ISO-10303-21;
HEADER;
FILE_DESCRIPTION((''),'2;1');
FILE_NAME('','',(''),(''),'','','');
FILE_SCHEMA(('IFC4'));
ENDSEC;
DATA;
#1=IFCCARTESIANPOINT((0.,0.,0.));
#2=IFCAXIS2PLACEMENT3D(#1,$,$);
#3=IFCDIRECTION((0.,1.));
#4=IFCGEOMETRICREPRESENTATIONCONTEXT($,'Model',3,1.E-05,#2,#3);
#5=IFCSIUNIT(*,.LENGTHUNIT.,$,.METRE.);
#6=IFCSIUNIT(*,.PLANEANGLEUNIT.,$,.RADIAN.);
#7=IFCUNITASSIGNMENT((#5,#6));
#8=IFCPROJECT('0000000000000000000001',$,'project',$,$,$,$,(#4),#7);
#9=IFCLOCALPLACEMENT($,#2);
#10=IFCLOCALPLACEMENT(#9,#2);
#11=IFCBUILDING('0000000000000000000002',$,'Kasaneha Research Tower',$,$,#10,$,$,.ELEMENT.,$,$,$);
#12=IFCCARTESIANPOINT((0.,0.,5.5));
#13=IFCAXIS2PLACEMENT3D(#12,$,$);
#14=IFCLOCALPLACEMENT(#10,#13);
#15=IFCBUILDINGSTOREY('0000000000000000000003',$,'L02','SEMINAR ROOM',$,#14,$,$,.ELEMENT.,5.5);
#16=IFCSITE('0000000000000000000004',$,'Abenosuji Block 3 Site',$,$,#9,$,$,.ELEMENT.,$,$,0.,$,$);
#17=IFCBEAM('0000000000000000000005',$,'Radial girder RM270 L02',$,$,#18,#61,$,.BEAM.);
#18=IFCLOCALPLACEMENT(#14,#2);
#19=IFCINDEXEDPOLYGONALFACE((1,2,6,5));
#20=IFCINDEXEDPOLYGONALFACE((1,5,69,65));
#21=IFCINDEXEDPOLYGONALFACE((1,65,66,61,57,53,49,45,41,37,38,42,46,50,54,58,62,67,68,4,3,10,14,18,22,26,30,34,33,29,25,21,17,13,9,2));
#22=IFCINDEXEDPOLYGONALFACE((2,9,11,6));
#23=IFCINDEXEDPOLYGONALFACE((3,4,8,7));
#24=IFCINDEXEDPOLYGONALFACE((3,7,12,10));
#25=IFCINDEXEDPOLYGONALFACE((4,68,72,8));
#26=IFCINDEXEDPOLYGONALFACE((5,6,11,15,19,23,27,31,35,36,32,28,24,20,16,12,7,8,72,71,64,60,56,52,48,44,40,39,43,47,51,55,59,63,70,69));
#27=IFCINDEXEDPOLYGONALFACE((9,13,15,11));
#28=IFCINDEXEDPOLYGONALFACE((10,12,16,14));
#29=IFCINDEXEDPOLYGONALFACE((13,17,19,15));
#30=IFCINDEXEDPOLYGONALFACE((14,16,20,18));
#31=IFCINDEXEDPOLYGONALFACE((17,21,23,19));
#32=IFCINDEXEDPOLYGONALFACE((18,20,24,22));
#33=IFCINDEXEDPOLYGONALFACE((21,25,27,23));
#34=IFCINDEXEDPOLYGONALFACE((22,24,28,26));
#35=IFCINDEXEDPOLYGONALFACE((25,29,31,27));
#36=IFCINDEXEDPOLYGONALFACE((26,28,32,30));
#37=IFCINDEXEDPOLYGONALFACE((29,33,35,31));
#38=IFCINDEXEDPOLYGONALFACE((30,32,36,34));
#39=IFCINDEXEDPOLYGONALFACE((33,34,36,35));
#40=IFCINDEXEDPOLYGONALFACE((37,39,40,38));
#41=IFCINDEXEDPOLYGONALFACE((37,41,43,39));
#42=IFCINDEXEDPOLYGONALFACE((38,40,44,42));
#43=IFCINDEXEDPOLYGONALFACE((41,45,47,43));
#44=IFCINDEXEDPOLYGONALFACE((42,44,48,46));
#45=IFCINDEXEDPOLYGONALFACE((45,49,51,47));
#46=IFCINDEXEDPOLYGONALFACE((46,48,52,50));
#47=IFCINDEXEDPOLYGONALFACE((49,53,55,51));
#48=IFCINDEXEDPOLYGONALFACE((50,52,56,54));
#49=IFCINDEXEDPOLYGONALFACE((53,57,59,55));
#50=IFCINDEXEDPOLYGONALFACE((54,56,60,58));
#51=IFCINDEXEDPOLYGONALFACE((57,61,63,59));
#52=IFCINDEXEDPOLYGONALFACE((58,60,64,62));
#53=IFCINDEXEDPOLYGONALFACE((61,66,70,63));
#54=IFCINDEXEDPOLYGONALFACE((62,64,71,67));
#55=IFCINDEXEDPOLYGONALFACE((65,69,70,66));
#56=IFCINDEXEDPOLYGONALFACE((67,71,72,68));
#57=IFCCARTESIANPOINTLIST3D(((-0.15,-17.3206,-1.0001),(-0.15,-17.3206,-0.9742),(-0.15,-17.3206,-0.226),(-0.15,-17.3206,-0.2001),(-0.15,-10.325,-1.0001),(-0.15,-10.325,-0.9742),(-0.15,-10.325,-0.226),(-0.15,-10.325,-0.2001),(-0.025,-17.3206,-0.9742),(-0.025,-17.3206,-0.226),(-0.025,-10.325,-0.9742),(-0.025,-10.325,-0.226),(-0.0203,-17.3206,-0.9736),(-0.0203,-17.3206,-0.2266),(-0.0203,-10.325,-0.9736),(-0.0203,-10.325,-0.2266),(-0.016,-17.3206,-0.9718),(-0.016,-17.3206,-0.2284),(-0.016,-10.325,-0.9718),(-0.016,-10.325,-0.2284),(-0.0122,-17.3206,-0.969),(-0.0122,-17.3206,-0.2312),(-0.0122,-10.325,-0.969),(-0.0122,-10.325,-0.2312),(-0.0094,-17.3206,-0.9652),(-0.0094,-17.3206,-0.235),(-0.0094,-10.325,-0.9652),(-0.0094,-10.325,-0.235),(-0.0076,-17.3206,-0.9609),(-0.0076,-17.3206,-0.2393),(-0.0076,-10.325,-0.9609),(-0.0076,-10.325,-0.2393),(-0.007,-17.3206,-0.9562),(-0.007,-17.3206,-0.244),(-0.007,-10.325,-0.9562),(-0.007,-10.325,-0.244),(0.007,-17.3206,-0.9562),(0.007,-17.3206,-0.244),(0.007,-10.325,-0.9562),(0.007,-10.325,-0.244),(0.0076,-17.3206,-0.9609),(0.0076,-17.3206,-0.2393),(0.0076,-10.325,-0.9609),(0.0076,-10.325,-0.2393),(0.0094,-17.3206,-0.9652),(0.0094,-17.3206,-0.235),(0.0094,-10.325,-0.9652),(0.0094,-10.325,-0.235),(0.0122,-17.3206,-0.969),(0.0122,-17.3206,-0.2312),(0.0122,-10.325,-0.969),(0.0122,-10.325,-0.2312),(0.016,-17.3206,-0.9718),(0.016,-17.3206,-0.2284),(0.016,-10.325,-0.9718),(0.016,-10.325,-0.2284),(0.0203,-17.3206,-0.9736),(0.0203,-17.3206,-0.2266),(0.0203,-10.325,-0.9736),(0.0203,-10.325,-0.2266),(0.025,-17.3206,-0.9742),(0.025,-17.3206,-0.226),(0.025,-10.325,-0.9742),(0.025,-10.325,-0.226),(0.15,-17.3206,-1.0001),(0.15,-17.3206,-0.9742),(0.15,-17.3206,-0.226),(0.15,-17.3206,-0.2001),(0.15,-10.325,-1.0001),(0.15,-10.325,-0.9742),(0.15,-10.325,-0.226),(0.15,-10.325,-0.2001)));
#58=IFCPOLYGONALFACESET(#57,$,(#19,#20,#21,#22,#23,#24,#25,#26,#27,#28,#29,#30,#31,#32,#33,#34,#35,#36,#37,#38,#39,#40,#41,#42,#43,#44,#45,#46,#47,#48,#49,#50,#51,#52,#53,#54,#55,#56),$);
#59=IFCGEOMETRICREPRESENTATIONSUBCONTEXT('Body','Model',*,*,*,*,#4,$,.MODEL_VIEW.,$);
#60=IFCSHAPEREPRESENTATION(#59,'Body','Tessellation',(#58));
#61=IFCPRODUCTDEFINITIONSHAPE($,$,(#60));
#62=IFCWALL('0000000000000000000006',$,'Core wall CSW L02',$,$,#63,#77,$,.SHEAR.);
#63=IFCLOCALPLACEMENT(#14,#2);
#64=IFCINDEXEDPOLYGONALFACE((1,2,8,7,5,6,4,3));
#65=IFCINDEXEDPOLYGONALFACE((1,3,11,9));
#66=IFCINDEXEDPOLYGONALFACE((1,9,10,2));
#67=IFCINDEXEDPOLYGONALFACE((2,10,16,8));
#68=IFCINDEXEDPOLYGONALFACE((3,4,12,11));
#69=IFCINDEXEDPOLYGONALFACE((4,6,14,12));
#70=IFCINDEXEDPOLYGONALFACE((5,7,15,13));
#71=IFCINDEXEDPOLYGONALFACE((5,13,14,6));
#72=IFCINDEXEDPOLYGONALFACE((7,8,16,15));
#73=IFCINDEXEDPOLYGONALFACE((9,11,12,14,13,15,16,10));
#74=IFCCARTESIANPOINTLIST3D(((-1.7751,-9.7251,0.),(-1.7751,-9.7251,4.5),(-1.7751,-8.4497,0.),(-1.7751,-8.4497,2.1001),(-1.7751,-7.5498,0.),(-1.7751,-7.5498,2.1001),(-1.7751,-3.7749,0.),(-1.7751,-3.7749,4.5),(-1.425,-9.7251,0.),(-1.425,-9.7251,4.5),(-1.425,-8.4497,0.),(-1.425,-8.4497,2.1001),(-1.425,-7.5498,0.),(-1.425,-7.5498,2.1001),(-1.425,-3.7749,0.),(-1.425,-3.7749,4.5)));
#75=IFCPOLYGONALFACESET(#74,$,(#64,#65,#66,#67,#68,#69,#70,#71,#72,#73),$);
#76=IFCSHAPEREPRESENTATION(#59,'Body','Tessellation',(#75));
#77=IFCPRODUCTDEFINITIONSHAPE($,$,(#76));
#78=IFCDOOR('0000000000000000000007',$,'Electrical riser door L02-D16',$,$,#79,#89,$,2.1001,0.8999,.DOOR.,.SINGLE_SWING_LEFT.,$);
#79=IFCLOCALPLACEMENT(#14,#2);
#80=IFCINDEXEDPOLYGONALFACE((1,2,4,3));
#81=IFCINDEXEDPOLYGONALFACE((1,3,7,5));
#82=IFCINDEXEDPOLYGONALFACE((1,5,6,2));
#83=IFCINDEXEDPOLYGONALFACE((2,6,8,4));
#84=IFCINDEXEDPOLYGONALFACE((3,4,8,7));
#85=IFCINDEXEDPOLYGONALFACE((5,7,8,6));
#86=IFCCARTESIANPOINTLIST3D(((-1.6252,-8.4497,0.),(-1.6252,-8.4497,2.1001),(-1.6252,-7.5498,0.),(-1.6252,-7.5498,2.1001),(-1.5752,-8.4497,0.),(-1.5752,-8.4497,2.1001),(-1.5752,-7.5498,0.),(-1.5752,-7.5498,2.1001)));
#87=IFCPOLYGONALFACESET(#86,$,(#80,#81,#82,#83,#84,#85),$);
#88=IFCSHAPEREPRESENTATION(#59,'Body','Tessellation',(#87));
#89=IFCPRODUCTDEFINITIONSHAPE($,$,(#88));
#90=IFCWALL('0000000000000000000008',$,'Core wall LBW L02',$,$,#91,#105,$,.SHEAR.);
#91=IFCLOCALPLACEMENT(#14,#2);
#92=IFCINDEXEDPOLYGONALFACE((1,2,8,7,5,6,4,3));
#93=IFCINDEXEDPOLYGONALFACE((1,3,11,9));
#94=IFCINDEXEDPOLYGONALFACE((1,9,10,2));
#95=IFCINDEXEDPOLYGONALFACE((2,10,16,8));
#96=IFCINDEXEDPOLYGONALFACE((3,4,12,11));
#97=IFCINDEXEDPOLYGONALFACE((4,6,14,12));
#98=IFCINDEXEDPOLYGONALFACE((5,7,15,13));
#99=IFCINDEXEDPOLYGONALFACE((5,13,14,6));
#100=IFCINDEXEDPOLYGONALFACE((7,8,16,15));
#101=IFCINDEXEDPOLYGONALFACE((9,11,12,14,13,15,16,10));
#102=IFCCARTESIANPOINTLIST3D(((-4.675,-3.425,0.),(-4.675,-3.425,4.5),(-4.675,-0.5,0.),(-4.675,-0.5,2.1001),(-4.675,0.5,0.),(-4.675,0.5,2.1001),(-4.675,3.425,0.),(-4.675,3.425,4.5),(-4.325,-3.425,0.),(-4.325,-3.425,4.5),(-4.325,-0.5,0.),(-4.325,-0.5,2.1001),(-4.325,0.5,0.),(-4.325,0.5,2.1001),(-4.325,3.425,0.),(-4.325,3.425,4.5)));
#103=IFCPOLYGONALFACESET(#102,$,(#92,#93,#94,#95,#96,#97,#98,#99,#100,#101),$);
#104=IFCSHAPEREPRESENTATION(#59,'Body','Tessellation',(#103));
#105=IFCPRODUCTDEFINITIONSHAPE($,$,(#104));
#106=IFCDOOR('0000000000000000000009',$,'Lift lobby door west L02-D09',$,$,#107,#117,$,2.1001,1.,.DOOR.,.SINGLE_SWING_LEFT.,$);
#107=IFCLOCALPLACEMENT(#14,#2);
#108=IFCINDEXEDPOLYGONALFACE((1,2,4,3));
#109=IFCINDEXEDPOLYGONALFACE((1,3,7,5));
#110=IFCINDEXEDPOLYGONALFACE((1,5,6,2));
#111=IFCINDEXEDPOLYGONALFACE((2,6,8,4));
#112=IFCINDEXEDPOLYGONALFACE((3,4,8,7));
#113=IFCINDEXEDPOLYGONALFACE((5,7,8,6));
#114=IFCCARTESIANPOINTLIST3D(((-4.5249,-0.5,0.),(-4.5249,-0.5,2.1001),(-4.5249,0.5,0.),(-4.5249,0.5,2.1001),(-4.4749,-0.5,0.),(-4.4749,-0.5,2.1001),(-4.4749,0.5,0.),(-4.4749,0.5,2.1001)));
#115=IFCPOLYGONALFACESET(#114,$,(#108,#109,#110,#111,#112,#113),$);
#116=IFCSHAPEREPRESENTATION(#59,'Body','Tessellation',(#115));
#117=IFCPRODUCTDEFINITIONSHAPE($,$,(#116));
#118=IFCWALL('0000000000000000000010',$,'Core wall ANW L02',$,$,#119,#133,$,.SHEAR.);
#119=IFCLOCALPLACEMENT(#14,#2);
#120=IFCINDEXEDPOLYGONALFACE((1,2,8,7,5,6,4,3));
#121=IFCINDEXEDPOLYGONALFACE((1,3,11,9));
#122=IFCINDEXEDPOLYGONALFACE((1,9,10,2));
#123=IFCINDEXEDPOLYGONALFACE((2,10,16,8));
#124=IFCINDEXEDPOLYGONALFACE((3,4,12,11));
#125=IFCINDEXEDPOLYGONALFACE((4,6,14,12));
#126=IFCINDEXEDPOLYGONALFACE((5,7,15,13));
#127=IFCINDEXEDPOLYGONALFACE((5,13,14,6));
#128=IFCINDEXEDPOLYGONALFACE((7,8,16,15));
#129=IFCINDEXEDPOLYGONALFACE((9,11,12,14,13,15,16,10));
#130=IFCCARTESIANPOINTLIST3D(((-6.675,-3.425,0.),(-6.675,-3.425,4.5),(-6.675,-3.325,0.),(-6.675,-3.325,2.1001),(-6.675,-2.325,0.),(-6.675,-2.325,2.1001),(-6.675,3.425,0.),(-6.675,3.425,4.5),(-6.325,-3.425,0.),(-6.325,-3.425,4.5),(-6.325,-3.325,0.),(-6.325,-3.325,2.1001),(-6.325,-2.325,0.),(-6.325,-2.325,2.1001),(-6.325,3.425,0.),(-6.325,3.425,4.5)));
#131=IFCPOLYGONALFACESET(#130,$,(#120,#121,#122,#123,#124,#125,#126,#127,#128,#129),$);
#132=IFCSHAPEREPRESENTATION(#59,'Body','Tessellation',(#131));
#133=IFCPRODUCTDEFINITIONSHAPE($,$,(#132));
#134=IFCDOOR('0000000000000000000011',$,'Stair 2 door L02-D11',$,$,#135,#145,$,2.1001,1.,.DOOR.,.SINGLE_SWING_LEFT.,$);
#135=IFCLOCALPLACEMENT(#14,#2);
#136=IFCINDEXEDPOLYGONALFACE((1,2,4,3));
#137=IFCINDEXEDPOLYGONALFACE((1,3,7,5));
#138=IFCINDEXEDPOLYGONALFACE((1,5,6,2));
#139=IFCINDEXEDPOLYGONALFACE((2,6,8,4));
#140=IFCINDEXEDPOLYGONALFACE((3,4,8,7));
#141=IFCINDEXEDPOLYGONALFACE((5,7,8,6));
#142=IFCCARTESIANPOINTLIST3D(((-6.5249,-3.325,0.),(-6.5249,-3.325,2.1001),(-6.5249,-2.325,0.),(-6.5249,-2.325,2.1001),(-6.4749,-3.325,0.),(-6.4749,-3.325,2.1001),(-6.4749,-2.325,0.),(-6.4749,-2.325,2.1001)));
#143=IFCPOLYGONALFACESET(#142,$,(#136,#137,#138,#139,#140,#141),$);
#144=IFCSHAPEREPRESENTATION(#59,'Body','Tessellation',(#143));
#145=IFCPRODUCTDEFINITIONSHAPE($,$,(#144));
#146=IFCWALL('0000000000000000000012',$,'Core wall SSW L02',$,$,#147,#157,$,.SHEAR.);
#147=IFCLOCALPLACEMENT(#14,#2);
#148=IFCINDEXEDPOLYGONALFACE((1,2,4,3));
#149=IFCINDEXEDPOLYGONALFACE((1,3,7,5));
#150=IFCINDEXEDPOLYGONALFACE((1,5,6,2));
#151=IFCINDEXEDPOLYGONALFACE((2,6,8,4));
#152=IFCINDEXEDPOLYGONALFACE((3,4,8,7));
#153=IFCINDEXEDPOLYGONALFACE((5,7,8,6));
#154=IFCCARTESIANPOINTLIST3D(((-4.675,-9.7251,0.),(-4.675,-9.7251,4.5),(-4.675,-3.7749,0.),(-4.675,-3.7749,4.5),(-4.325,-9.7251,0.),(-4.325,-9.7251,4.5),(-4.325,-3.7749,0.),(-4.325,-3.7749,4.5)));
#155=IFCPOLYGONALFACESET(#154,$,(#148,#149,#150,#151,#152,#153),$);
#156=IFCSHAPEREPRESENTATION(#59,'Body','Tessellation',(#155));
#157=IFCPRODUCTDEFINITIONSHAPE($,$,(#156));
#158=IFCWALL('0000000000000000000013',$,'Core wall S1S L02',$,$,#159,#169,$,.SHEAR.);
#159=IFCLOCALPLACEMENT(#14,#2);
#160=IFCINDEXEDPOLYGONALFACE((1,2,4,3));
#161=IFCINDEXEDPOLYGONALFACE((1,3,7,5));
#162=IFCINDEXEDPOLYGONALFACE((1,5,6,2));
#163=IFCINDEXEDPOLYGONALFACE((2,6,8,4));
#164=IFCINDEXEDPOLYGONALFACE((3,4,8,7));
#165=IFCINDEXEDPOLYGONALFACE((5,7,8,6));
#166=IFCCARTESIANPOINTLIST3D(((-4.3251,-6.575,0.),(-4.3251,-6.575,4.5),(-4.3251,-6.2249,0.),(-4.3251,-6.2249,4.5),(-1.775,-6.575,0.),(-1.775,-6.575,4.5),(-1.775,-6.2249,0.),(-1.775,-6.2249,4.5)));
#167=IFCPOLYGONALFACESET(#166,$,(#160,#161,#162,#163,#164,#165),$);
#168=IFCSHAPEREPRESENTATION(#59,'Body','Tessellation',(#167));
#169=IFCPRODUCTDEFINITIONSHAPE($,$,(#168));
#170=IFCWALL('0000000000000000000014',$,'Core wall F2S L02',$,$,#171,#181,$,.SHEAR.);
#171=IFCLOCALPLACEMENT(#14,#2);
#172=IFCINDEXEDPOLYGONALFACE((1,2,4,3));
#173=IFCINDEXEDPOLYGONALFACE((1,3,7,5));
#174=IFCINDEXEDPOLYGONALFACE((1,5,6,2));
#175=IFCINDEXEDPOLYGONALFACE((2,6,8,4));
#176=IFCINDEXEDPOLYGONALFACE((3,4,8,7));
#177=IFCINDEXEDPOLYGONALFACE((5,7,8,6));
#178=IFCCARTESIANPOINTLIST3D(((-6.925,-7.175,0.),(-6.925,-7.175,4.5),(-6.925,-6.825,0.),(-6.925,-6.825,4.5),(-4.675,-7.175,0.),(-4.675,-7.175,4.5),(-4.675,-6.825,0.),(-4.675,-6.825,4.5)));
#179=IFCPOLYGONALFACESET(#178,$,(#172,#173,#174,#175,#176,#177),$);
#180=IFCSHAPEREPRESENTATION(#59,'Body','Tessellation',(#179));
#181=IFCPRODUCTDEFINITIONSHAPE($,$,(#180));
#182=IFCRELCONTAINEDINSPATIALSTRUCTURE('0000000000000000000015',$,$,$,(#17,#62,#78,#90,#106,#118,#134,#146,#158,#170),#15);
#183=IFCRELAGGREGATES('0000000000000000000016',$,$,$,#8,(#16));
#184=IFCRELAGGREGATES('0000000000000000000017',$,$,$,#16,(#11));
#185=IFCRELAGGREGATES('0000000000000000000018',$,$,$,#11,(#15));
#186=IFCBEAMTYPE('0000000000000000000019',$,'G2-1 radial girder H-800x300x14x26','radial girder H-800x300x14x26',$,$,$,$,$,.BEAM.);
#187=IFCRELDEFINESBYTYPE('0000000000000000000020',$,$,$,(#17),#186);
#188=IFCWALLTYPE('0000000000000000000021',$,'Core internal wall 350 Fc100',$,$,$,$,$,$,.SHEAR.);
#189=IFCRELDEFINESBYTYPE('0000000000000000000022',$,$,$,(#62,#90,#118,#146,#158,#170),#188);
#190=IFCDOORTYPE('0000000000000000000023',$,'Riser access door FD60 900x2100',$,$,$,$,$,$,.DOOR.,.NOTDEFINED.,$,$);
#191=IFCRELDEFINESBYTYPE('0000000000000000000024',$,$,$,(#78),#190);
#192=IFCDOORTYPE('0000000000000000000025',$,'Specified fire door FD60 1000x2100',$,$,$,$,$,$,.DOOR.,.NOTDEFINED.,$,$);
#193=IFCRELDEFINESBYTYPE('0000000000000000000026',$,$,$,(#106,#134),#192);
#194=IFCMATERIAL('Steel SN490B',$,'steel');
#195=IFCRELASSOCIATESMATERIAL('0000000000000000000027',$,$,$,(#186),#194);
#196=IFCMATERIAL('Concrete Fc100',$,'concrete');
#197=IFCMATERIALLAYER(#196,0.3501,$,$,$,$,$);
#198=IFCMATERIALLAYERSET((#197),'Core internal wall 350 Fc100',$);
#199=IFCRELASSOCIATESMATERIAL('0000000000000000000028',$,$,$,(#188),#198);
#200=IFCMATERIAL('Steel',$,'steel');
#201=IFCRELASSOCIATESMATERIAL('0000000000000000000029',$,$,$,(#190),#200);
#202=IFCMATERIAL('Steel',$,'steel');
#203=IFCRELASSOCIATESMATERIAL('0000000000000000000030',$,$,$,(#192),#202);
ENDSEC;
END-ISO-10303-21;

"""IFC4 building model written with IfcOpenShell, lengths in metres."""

from ifc_helpers import new_model, si_unit, direction, frame, frame_2d, origin, origin_2d, place, context, subcontext, project, spatial, rectangle, i_section, extrude, material, layer, layer_set, material_profile, profile_set, type_object, element, fill, save


model = new_model("IFC4")

# Units and contexts
model_context = context("Model", 3, precision=1e-05, world=origin(), true_north=direction((0.0, 1.0)))
body_context = subcontext(model_context, "Body", "Model", "MODEL_VIEW")
ifc_project = project(units=[si_unit("LENGTHUNIT", "METRE"), si_unit("PLANEANGLEUNIT", "RADIAN")], contexts=[model_context])

# Site, building, storey
site_placement = place(None, origin())
site = spatial("IfcSite", under=ifc_project, at=site_placement, Name="Abenosuji Block 3 Site", CompositionType="ELEMENT", RefElevation=0.0)
building_placement = place(site_placement, origin())
building = spatial("IfcBuilding", under=site, at=building_placement, Name="Kasaneha Research Tower", CompositionType="ELEMENT")
storey_placement = place(building_placement, frame((0.0, 0.0, 5.5)))
storey = spatial("IfcBuildingStorey", under=building, at=storey_placement, Name="L02", Description="SEMINAR ROOM", CompositionType="ELEMENT", Elevation=5.5)

# Beam
ifc_material_1 = material(Name="Steel SN490B", Category="steel")
ifc_material_profile_1 = material_profile(ifc_material_1, i_section(OverallWidth=0.3, OverallDepth=0.8, WebThickness=0.0139, FlangeThickness=0.0259, FilletRadius=0.0181, at=origin_2d()), Name="H-800x300x14x26")
ifc_profile_set_1 = profile_set([ifc_material_profile_1], Name="Steel SN490B")
beam_type_1 = type_object("IfcBeamType", Name="G2-1 radial girder H-800x300x14x26", Description="radial girder H-800x300x14x26", PredefinedType="BEAM", material=ifc_profile_set_1)
beam_1_placement = place(storey_placement, frame((0.0, -10.325, -0.6001), z_axis=(0.0, -1.0, 0.0), x_axis=(1.0, 0.0, 0.0)))
element("IfcBeam", 1, at=beam_1_placement, inside=storey, type_object=beam_type_1, Name="Radial girder RM270 L02", PredefinedType="BEAM", context=body_context, shape_type="SweptSolid", body=[
    extrude(i_section(OverallWidth=0.3, OverallDepth=0.8, WebThickness=0.0139, FlangeThickness=0.0259, FilletRadius=0.0181, at=origin_2d()), origin(), (0.0, 0.0, 1.0), 6.9956),
])

# Walls, openings, doors
ifc_material_2 = material(Name="Concrete Fc100", Category="concrete")
ifc_layer_1 = layer(ifc_material_2, 0.3501)
ifc_layer_set_1 = layer_set([ifc_layer_1], Name="Core internal wall 350 Fc100")
wall_type_1 = type_object("IfcWallType", Name="Core internal wall 350 Fc100", PredefinedType="SHEAR", material=ifc_layer_set_1)
wall_1_placement = place(storey_placement, frame((-1.6001, -3.7749, 0.0), z_axis=(0.0, 0.0, 1.0), x_axis=(0.0, -1.0, 0.0)))
wall_1 = element("IfcWall", 2, at=wall_1_placement, inside=storey, type_object=wall_type_1, Name="Core wall CSW L02", PredefinedType="SHEAR", context=body_context, shape_type="SweptSolid", body=[
    extrude(rectangle(XDim=5.9502, YDim=0.3501, at=frame_2d((2.9751, 0.0))), origin(), (0.0, 0.0, 1.0), 4.5),
])
opening_1_placement = place(wall_1_placement, frame((3.7749, 0.0, 0.0)))
opening_1 = element("IfcOpeningElement", 3, at=opening_1_placement, cuts=wall_1, PredefinedType="OPENING", context=body_context, shape_type="SweptSolid", body=[
    extrude(rectangle(XDim=0.8999, YDim=2.1001, at=frame_2d((0.45, 1.05))), frame((0.0, 0.1851, 0.0), z_axis=(0.0, -1.0, 0.0), x_axis=(1.0, 0.0, 0.0)), (0.0, 0.0, 1.0), 0.3701),
])
ifc_material_3 = material(Name="Steel", Category="steel")
door_type_1 = type_object("IfcDoorType", Name="Riser access door FD60 900x2100", OperationType="NOTDEFINED", PredefinedType="DOOR", material=ifc_material_3)
door_1_placement = place(opening_1_placement, origin())
door_1 = element("IfcDoor", 4, at=door_1_placement, inside=storey, type_object=door_type_1, Name="Electrical riser door L02-D16", OperationType="SINGLE_SWING_LEFT", OverallHeight=2.1001, OverallWidth=0.8999, PredefinedType="DOOR", context=body_context, shape_type="SweptSolid", body=[
    extrude(rectangle(XDim=0.8999, YDim=2.1001, at=frame_2d((0.45, 1.05))), frame((0.0, 0.0249, 0.0), z_axis=(0.0, -1.0, 0.0), x_axis=(1.0, 0.0, 0.0)), (0.0, 0.0, 1.0), 0.05),
])
fill(opening_1, door_1)
wall_2_placement = place(storey_placement, frame((-4.5, -3.425, 0.0), z_axis=(0.0, 0.0, 1.0), x_axis=(0.0, 1.0, 0.0)))
wall_2 = element("IfcWall", 5, at=wall_2_placement, inside=storey, type_object=wall_type_1, Name="Core wall LBW L02", PredefinedType="SHEAR", context=body_context, shape_type="SweptSolid", body=[
    extrude(rectangle(XDim=6.8501, YDim=0.3501, at=frame_2d((3.425, 0.0))), origin(), (0.0, 0.0, 1.0), 4.5),
])
opening_2_placement = place(wall_2_placement, frame((2.925, 0.0, 0.0)))
opening_2 = element("IfcOpeningElement", 6, at=opening_2_placement, cuts=wall_2, PredefinedType="OPENING", context=body_context, shape_type="SweptSolid", body=[
    extrude(rectangle(XDim=1.0, YDim=2.1001, at=frame_2d((0.5, 1.05))), frame((0.0, 0.1851, 0.0), z_axis=(0.0, -1.0, 0.0), x_axis=(1.0, 0.0, 0.0)), (0.0, 0.0, 1.0), 0.3701),
])
ifc_material_4 = material(Name="Steel", Category="steel")
door_type_2 = type_object("IfcDoorType", Name="Specified fire door FD60 1000x2100", OperationType="NOTDEFINED", PredefinedType="DOOR", material=ifc_material_4)
door_2_placement = place(opening_2_placement, origin())
door_2 = element("IfcDoor", 7, at=door_2_placement, inside=storey, type_object=door_type_2, Name="Lift lobby door west L02-D09", OperationType="SINGLE_SWING_LEFT", OverallHeight=2.1001, OverallWidth=1.0, PredefinedType="DOOR", context=body_context, shape_type="SweptSolid", body=[
    extrude(rectangle(XDim=1.0, YDim=2.1001, at=frame_2d((0.5, 1.05))), frame((0.0, 0.0249, 0.0), z_axis=(0.0, -1.0, 0.0), x_axis=(1.0, 0.0, 0.0)), (0.0, 0.0, 1.0), 0.05),
])
fill(opening_2, door_2)
wall_3_placement = place(storey_placement, frame((-6.5, -3.425, 0.0), z_axis=(0.0, 0.0, 1.0), x_axis=(0.0, 1.0, 0.0)))
wall_3 = element("IfcWall", 8, at=wall_3_placement, inside=storey, type_object=wall_type_1, Name="Core wall ANW L02", PredefinedType="SHEAR", context=body_context, shape_type="SweptSolid", body=[
    extrude(rectangle(XDim=6.8501, YDim=0.3501, at=frame_2d((3.425, 0.0))), origin(), (0.0, 0.0, 1.0), 4.5),
])
opening_3_placement = place(wall_3_placement, frame((0.1001, 0.0, 0.0)))
opening_3 = element("IfcOpeningElement", 9, at=opening_3_placement, cuts=wall_3, PredefinedType="OPENING", context=body_context, shape_type="SweptSolid", body=[
    extrude(rectangle(XDim=1.0, YDim=2.1001, at=frame_2d((0.5, 1.05))), frame((0.0, 0.1851, 0.0), z_axis=(0.0, -1.0, 0.0), x_axis=(1.0, 0.0, 0.0)), (0.0, 0.0, 1.0), 0.3701),
])
door_3_placement = place(opening_3_placement, origin())
door_3 = element("IfcDoor", 10, at=door_3_placement, inside=storey, type_object=door_type_2, Name="Stair 2 door L02-D11", OperationType="SINGLE_SWING_LEFT", OverallHeight=2.1001, OverallWidth=1.0, PredefinedType="DOOR", context=body_context, shape_type="SweptSolid", body=[
    extrude(rectangle(XDim=1.0, YDim=2.1001, at=frame_2d((0.5, 1.05))), frame((0.0, 0.0249, 0.0), z_axis=(0.0, -1.0, 0.0), x_axis=(1.0, 0.0, 0.0)), (0.0, 0.0, 1.0), 0.05),
])
fill(opening_3, door_3)

# Walls
wall_4_placement = place(storey_placement, frame((-4.5, -3.7749, 0.0), z_axis=(0.0, 0.0, 1.0), x_axis=(0.0, -1.0, 0.0)))
element("IfcWall", 11, at=wall_4_placement, inside=storey, type_object=wall_type_1, Name="Core wall SSW L02", PredefinedType="SHEAR", context=body_context, shape_type="SweptSolid", body=[
    extrude(rectangle(XDim=5.9502, YDim=0.3501, at=frame_2d((2.9751, 0.0))), origin(), (0.0, 0.0, 1.0), 4.5),
])
wall_5_placement = place(storey_placement, frame((-4.325, -6.3999, 0.0), z_axis=(0.0, 0.0, 1.0), x_axis=(1.0, 0.0, 0.0)))
element("IfcWall", 12, at=wall_5_placement, inside=storey, type_object=wall_type_1, Name="Core wall S1S L02", PredefinedType="SHEAR", context=body_context, shape_type="SweptSolid", body=[
    extrude(rectangle(XDim=2.55, YDim=0.3501, at=frame_2d((1.2749, 0.0))), origin(), (0.0, 0.0, 1.0), 4.5),
])
wall_6_placement = place(storey_placement, frame((-6.925, -7.0, 0.0), z_axis=(0.0, 0.0, 1.0), x_axis=(1.0, 0.0, 0.0)))
element("IfcWall", 13, at=wall_6_placement, inside=storey, type_object=wall_type_1, Name="Core wall F2S L02", PredefinedType="SHEAR", context=body_context, shape_type="SweptSolid", body=[
    extrude(rectangle(XDim=2.25, YDim=0.3501, at=frame_2d((1.125, 0.0))), origin(), (0.0, 0.0, 1.0), 4.5),
])

save(model, "model.ifc")
